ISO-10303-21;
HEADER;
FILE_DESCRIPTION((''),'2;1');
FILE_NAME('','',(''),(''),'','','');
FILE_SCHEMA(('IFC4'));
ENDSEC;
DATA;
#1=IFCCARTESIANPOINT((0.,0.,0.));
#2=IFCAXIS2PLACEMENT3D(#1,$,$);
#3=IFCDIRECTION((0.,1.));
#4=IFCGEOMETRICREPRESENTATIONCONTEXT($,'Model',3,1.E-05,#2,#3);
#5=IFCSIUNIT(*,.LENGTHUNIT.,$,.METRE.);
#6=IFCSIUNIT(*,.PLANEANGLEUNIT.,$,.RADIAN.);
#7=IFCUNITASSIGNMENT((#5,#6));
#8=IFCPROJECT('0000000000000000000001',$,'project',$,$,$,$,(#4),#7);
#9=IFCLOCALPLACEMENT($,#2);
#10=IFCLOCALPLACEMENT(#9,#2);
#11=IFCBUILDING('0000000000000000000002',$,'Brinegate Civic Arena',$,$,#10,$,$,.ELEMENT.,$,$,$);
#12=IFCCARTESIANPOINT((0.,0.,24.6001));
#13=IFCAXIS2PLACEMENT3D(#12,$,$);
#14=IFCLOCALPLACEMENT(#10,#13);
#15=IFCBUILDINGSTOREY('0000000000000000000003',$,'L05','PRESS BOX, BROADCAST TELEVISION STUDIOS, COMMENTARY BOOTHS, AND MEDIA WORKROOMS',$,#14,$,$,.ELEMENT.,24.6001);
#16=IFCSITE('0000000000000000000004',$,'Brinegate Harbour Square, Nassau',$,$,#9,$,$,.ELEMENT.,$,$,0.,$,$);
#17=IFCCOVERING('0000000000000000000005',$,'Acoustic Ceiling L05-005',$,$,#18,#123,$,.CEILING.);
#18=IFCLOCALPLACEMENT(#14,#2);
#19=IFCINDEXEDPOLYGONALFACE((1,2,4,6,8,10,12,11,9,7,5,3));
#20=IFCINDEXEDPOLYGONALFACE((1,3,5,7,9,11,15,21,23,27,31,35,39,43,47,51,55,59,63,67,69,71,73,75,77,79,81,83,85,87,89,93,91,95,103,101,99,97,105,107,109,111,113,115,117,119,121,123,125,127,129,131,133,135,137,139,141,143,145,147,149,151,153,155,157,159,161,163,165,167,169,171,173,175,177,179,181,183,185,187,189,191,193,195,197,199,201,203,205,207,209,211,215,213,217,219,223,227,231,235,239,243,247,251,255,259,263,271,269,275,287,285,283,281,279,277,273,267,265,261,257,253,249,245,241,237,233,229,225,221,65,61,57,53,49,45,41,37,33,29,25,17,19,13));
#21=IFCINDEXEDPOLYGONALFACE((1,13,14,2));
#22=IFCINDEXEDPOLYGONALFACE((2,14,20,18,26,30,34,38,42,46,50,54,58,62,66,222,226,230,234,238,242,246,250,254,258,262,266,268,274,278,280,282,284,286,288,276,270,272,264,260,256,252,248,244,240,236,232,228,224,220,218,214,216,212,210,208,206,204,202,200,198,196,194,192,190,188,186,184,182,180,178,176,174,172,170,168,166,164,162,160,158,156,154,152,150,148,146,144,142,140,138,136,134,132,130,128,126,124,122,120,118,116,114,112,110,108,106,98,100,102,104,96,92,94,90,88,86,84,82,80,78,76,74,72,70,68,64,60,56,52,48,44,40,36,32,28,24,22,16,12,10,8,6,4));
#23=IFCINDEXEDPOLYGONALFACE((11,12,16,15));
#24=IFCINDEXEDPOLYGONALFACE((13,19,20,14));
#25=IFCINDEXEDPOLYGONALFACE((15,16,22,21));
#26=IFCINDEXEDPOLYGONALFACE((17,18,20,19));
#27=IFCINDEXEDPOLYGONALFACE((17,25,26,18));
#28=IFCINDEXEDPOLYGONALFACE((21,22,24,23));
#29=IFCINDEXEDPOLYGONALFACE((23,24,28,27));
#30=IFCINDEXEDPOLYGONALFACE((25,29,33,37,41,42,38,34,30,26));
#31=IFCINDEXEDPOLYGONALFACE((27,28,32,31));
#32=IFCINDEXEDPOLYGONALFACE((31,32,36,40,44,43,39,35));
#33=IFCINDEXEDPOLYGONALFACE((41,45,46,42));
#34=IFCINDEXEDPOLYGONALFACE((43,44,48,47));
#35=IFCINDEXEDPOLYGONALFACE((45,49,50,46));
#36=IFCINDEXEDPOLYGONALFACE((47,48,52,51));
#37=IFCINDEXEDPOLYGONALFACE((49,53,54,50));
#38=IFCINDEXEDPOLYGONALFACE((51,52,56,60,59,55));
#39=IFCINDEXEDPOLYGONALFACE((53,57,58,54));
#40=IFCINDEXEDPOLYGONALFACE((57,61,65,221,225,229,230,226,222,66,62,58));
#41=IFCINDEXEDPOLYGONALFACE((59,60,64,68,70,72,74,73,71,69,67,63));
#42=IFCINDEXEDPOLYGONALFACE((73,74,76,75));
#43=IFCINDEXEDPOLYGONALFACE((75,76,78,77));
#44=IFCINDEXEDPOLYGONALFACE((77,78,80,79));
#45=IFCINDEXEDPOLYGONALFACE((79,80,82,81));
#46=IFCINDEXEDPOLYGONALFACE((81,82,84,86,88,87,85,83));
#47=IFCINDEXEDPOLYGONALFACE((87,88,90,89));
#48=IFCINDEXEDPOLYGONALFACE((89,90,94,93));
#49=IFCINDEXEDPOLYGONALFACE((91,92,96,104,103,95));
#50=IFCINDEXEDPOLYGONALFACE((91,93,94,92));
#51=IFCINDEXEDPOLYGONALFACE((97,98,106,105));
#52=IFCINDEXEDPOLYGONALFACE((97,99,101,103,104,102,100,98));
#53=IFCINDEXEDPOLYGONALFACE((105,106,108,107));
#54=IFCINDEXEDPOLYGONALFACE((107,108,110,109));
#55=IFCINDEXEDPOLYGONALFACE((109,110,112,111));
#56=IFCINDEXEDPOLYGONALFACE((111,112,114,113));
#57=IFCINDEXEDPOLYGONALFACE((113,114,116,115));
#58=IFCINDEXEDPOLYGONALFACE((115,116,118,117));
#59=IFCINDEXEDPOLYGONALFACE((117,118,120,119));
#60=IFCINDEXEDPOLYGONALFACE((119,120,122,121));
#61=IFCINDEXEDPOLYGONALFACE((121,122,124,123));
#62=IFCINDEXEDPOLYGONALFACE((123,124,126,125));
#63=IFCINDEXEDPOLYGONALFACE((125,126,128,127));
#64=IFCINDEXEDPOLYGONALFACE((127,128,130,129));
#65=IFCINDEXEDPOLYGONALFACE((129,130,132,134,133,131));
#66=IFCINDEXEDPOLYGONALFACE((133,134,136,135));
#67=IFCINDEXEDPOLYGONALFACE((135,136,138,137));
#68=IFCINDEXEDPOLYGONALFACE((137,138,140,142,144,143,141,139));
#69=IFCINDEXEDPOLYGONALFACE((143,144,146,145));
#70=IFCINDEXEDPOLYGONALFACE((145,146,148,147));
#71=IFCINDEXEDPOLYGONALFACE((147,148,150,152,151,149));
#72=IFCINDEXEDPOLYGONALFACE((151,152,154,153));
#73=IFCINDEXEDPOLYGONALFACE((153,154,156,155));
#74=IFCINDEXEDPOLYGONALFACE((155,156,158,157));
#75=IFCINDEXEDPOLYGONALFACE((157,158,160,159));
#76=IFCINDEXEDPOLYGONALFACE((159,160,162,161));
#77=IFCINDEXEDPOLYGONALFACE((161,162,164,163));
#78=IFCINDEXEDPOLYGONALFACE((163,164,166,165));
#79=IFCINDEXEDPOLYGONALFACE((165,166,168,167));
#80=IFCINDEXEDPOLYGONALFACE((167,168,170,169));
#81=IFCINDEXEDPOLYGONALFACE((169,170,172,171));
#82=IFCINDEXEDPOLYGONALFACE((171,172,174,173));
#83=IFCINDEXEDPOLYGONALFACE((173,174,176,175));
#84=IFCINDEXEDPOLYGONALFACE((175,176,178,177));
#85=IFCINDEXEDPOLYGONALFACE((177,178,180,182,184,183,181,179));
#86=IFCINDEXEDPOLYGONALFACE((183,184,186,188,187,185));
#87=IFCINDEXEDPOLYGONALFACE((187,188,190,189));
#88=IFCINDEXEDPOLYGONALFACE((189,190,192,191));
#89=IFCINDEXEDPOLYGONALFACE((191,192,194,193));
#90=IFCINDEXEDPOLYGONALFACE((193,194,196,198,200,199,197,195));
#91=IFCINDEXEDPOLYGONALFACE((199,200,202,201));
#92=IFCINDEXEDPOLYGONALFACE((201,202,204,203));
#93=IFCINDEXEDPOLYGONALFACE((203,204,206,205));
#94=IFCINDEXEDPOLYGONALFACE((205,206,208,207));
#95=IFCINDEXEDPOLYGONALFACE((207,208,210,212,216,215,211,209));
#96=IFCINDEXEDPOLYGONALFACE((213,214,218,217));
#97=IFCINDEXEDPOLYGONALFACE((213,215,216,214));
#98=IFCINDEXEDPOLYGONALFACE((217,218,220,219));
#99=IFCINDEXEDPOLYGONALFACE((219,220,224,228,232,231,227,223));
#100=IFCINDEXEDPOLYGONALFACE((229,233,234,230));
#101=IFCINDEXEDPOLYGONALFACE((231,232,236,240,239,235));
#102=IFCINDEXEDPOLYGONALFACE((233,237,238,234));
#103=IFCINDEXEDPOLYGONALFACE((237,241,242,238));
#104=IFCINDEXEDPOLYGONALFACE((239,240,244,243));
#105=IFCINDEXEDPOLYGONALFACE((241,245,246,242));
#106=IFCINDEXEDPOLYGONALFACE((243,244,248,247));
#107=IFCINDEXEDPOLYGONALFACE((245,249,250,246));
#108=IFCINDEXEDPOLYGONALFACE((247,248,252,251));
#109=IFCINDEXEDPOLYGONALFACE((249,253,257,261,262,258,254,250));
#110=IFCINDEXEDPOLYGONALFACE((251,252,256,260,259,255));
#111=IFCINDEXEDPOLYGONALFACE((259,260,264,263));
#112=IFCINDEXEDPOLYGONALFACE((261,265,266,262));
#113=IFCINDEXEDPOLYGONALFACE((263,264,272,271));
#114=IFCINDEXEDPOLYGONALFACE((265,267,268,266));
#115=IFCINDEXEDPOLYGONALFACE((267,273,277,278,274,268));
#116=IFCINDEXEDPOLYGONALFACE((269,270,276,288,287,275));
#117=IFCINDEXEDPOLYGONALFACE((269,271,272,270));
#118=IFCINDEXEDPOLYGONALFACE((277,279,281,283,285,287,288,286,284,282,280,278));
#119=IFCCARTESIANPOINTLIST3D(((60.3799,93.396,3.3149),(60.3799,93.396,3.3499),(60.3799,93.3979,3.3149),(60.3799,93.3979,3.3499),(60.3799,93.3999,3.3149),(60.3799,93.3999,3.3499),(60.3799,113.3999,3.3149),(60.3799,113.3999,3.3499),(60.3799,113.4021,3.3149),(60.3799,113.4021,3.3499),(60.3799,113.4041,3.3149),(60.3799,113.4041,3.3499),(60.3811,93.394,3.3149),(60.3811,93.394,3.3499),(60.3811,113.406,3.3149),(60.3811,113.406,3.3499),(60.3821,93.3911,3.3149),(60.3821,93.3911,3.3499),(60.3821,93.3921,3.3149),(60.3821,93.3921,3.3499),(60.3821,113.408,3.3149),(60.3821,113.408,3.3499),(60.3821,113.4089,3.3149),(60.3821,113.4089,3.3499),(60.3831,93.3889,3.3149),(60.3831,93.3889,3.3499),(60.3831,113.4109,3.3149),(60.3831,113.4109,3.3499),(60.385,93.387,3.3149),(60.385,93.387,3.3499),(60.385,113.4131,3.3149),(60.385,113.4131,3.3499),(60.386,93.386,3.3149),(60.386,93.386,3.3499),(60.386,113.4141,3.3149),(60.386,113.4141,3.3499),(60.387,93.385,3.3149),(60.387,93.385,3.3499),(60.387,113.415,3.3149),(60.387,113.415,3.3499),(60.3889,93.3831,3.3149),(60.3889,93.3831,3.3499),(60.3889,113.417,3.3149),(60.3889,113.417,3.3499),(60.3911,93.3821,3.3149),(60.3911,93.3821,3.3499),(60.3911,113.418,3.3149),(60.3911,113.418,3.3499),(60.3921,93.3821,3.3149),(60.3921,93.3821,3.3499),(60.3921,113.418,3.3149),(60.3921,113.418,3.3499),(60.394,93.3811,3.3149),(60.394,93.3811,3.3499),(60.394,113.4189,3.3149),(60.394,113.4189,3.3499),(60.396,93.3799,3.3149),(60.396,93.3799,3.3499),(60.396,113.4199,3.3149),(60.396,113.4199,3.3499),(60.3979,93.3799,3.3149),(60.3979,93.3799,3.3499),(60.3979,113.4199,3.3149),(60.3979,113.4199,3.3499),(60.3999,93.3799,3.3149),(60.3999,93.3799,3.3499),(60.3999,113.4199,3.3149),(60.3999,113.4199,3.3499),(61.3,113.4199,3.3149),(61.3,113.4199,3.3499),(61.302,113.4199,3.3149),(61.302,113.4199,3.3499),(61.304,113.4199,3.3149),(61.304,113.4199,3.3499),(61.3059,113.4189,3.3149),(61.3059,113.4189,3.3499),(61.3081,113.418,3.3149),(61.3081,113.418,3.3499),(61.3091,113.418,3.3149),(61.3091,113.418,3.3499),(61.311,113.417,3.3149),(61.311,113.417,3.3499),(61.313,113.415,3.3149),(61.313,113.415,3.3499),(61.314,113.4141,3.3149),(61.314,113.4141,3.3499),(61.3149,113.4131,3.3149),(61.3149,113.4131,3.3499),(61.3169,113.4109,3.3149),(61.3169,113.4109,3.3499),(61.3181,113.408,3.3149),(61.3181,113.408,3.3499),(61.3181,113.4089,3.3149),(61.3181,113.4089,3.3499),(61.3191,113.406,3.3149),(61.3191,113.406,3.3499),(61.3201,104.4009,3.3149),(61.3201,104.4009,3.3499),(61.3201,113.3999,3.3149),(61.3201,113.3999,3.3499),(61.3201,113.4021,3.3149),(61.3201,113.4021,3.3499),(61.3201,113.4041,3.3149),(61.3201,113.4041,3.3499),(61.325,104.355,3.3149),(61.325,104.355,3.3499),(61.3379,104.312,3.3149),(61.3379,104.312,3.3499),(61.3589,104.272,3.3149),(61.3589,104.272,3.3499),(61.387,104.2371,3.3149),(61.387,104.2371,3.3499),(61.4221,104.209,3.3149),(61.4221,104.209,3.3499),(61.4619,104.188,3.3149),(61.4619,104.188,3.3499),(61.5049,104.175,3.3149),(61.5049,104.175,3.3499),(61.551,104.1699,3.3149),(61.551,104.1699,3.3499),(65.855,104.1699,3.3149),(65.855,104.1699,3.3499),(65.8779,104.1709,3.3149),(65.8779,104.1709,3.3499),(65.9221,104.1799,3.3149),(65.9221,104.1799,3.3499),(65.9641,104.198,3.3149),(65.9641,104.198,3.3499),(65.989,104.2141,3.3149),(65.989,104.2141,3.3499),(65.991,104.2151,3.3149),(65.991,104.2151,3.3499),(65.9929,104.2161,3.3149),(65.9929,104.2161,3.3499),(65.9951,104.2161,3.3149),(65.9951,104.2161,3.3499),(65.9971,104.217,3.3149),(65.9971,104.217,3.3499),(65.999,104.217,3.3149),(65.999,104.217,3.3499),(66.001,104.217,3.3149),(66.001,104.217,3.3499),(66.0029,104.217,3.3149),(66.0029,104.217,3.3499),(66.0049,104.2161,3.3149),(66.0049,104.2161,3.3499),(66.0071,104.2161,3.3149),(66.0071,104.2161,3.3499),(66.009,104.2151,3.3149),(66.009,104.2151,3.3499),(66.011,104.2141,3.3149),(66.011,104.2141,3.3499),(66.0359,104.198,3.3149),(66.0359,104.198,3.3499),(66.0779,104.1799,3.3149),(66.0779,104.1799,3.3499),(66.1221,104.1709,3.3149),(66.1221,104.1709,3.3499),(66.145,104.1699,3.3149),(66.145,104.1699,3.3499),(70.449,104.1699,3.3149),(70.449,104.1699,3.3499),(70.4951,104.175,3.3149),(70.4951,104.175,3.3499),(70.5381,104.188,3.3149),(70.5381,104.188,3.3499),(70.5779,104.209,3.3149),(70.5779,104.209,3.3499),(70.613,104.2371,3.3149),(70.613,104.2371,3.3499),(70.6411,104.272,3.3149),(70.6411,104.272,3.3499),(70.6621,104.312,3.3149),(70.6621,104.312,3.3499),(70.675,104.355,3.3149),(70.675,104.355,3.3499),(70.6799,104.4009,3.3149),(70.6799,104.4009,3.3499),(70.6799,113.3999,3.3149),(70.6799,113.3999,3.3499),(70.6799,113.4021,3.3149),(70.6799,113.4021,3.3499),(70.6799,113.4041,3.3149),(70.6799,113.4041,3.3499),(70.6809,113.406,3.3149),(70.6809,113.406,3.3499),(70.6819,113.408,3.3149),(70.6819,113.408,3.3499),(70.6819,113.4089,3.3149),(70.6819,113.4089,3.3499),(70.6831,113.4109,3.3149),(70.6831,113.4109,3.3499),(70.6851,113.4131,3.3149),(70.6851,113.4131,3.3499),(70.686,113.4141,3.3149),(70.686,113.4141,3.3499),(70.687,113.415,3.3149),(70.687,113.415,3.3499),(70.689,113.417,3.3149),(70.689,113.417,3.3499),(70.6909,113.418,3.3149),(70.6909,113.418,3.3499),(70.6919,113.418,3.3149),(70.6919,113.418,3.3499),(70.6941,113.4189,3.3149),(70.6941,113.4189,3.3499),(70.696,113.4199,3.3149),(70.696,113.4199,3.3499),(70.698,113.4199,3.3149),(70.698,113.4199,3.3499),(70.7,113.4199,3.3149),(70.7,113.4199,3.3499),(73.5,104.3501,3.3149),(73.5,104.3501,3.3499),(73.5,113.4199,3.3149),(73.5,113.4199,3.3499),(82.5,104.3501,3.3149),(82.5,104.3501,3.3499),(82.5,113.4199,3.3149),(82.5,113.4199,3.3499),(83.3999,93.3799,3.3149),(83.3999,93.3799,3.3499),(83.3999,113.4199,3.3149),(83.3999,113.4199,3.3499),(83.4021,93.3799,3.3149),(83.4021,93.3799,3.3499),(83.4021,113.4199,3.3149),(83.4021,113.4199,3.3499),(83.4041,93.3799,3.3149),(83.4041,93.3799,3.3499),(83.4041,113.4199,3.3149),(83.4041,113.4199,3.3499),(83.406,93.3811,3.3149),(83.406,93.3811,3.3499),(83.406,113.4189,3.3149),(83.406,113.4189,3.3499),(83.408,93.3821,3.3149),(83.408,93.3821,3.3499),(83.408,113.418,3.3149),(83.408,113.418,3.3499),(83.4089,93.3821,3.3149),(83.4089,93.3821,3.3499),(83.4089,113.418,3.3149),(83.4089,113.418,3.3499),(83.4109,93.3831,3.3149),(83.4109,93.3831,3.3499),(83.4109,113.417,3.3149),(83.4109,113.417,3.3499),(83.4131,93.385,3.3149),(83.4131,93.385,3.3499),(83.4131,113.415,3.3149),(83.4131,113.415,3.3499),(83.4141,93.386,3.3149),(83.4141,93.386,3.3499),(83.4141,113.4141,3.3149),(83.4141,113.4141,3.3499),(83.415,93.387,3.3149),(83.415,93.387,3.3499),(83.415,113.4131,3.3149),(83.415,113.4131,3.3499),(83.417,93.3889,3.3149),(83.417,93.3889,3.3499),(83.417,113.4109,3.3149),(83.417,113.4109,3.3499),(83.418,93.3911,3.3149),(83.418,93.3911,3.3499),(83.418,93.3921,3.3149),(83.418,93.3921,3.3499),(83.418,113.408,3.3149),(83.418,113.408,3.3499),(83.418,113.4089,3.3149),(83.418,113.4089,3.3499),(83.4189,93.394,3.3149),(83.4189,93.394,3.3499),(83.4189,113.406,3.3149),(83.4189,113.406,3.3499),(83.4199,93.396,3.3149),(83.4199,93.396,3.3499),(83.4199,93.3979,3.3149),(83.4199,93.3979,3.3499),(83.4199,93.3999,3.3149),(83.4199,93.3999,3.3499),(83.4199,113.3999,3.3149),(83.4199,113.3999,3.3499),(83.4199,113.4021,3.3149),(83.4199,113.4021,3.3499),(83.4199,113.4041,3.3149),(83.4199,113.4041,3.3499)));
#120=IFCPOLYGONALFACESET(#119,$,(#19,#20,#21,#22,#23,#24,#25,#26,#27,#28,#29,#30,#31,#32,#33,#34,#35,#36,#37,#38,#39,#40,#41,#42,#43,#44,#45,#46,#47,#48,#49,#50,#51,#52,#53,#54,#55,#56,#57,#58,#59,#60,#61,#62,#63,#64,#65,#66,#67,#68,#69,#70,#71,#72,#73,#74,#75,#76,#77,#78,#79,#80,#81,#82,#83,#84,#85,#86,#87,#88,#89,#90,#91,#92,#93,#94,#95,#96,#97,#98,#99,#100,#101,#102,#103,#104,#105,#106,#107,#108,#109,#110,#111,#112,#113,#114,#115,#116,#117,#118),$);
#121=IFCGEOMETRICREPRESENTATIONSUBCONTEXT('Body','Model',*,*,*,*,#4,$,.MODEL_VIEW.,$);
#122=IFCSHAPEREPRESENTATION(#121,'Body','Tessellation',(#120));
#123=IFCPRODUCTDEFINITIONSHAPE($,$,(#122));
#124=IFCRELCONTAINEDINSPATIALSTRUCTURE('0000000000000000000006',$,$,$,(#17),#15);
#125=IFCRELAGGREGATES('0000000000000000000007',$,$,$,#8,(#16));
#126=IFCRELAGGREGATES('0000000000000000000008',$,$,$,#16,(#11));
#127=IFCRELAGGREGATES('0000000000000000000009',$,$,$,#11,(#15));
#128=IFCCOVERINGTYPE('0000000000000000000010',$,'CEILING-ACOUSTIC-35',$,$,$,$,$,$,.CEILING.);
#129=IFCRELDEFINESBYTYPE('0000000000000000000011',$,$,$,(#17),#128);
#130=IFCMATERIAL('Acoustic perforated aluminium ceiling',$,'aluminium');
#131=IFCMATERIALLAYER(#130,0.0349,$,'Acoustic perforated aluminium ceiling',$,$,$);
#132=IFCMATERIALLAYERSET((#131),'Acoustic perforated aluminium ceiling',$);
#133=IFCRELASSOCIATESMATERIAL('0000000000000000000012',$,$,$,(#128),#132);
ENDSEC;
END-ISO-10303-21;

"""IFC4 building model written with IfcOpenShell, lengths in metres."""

from ifc_helpers import new_model, si_unit, direction, frame, origin, place, context, subcontext, project, spatial, polyline, outline, extrude, material, layer, layer_set, type_object, element, save


model = new_model("IFC4")

# Units and contexts
model_context = context("Model", 3, precision=1e-05, world=origin(), true_north=direction((0.0, 1.0)))
body_context = subcontext(model_context, "Body", "Model", "MODEL_VIEW")
ifc_project = project(units=[si_unit("LENGTHUNIT", "METRE"), si_unit("PLANEANGLEUNIT", "RADIAN")], contexts=[model_context])

# Site, building, storey
site_placement = place(None, origin())
site = spatial("IfcSite", under=ifc_project, at=site_placement, Name="Brinegate Harbour Square, Nassau", CompositionType="ELEMENT", RefElevation=0.0)
building_placement = place(site_placement, origin())
building = spatial("IfcBuilding", under=site, at=building_placement, Name="Brinegate Civic Arena", CompositionType="ELEMENT")
storey_placement = place(building_placement, frame((0.0, 0.0, 24.6001)))
storey = spatial("IfcBuildingStorey", under=building, at=storey_placement, Name="L05", Description="PRESS BOX, BROADCAST TELEVISION STUDIOS, COMMENTARY BOOTHS, AND MEDIA WORKROOMS", CompositionType="ELEMENT", Elevation=24.6001)

# Covering
ifc_material_1 = material(Name="Acoustic perforated aluminium ceiling", Category="aluminium")
ifc_layer_1 = layer(ifc_material_1, 0.0349, Name="Acoustic perforated aluminium ceiling")
ifc_layer_set_1 = layer_set([ifc_layer_1], Name="Acoustic perforated aluminium ceiling")
covering_type_1 = type_object("IfcCoveringType", Name="CEILING-ACOUSTIC-35", PredefinedType="CEILING", material=ifc_layer_set_1)
covering_1_placement = place(storey_placement, frame((0.0, 0.0, 3.3149)))
element("IfcCovering", 1, at=covering_1_placement, inside=storey, type_object=covering_type_1, Name="Acoustic Ceiling L05-005", PredefinedType="CEILING", context=body_context, shape_type="SweptSolid", body=[
    extrude(outline(polyline([(61.304, 113.4199), (61.3059, 113.4189), (61.3081, 113.418), (61.3091, 113.418), (61.311, 113.417), (61.313, 113.415), (61.314, 113.4141), (61.3149, 113.4131), (61.3169, 113.4109), (61.3181, 113.4089), (61.3181, 113.408), (61.3191, 113.406), (61.3201, 113.4041), (61.3201, 113.4021), (61.3201, 113.3999), (61.3201, 104.4009), (61.325, 104.355), (61.3379, 104.312), (61.3589, 104.272), (61.387, 104.2371), (61.4221, 104.209), (61.4619, 104.188), (61.5049, 104.175), (61.551, 104.1699), (65.855, 104.1699), (65.8779, 104.1709), (65.9221, 104.1799), (65.9641, 104.198), (65.989, 104.2141), (65.991, 104.2151), (65.9929, 104.2161), (65.9951, 104.2161), (65.9971, 104.217), (65.999, 104.217), (66.001, 104.217), (66.0029, 104.217), (66.0049, 104.2161), (66.0071, 104.2161), (66.009, 104.2151), (66.011, 104.2141), (66.0359, 104.198), (66.0779, 104.1799), (66.1221, 104.1709), (66.145, 104.1699), (70.449, 104.1699), (70.4951, 104.175), (70.5381, 104.188), (70.5779, 104.209), (70.613, 104.2371), (70.6411, 104.272), (70.6621, 104.312), (70.675, 104.355), (70.6799, 104.4009), (70.6799, 113.3999), (70.6799, 113.4021), (70.6799, 113.4041), (70.6809, 113.406), (70.6819, 113.408), (70.6819, 113.4089), (70.6831, 113.4109), (70.6851, 113.4131), (70.686, 113.4141), (70.687, 113.415), (70.689, 113.417), (70.6909, 113.418), (70.6919, 113.418), (70.6941, 113.4189), (70.696, 113.4199), (70.698, 113.4199), (70.7, 113.4199), (73.5, 113.4199), (73.5, 104.3501), (82.5, 104.3501), (82.5, 113.4199), (83.3999, 113.4199), (83.4021, 113.4199), (83.4041, 113.4199), (83.406, 113.4189), (83.408, 113.418), (83.4089, 113.418), (83.4109, 113.417), (83.4131, 113.415), (83.4141, 113.4141), (83.415, 113.4131), (83.417, 113.4109), (83.418, 113.4089), (83.418, 113.408), (83.4189, 113.406), (83.4199, 113.4041), (83.4199, 113.4021), (83.4199, 113.3999), (83.4199, 93.3999), (83.4199, 93.3979), (83.4199, 93.396), (83.4189, 93.394), (83.418, 93.3921), (83.418, 93.3911), (83.417, 93.3889), (83.415, 93.387), (83.4141, 93.386), (83.4131, 93.385), (83.4109, 93.3831), (83.4089, 93.3821), (83.408, 93.3821), (83.406, 93.3811), (83.4041, 93.3799), (83.4021, 93.3799), (83.3999, 93.3799), (60.3999, 93.3799), (60.3979, 93.3799), (60.396, 93.3799), (60.394, 93.3811), (60.3921, 93.3821), (60.3911, 93.3821), (60.3889, 93.3831), (60.387, 93.385), (60.386, 93.386), (60.385, 93.387), (60.3831, 93.3889), (60.3821, 93.3911), (60.3821, 93.3921), (60.3811, 93.394), (60.3799, 93.396), (60.3799, 93.3979), (60.3799, 93.3999), (60.3799, 113.3999), (60.3799, 113.4021), (60.3799, 113.4041), (60.3811, 113.406), (60.3821, 113.408), (60.3821, 113.4089), (60.3831, 113.4109), (60.385, 113.4131), (60.386, 113.4141), (60.387, 113.415), (60.3889, 113.417), (60.3911, 113.418), (60.3921, 113.418), (60.394, 113.4189), (60.396, 113.4199), (60.3979, 113.4199), (60.3999, 113.4199), (61.3, 113.4199), (61.302, 113.4199), (61.304, 113.4199)])), origin(), (0.0, 0.0, 1.0), 0.0349),
])

save(model, "model.ifc")
